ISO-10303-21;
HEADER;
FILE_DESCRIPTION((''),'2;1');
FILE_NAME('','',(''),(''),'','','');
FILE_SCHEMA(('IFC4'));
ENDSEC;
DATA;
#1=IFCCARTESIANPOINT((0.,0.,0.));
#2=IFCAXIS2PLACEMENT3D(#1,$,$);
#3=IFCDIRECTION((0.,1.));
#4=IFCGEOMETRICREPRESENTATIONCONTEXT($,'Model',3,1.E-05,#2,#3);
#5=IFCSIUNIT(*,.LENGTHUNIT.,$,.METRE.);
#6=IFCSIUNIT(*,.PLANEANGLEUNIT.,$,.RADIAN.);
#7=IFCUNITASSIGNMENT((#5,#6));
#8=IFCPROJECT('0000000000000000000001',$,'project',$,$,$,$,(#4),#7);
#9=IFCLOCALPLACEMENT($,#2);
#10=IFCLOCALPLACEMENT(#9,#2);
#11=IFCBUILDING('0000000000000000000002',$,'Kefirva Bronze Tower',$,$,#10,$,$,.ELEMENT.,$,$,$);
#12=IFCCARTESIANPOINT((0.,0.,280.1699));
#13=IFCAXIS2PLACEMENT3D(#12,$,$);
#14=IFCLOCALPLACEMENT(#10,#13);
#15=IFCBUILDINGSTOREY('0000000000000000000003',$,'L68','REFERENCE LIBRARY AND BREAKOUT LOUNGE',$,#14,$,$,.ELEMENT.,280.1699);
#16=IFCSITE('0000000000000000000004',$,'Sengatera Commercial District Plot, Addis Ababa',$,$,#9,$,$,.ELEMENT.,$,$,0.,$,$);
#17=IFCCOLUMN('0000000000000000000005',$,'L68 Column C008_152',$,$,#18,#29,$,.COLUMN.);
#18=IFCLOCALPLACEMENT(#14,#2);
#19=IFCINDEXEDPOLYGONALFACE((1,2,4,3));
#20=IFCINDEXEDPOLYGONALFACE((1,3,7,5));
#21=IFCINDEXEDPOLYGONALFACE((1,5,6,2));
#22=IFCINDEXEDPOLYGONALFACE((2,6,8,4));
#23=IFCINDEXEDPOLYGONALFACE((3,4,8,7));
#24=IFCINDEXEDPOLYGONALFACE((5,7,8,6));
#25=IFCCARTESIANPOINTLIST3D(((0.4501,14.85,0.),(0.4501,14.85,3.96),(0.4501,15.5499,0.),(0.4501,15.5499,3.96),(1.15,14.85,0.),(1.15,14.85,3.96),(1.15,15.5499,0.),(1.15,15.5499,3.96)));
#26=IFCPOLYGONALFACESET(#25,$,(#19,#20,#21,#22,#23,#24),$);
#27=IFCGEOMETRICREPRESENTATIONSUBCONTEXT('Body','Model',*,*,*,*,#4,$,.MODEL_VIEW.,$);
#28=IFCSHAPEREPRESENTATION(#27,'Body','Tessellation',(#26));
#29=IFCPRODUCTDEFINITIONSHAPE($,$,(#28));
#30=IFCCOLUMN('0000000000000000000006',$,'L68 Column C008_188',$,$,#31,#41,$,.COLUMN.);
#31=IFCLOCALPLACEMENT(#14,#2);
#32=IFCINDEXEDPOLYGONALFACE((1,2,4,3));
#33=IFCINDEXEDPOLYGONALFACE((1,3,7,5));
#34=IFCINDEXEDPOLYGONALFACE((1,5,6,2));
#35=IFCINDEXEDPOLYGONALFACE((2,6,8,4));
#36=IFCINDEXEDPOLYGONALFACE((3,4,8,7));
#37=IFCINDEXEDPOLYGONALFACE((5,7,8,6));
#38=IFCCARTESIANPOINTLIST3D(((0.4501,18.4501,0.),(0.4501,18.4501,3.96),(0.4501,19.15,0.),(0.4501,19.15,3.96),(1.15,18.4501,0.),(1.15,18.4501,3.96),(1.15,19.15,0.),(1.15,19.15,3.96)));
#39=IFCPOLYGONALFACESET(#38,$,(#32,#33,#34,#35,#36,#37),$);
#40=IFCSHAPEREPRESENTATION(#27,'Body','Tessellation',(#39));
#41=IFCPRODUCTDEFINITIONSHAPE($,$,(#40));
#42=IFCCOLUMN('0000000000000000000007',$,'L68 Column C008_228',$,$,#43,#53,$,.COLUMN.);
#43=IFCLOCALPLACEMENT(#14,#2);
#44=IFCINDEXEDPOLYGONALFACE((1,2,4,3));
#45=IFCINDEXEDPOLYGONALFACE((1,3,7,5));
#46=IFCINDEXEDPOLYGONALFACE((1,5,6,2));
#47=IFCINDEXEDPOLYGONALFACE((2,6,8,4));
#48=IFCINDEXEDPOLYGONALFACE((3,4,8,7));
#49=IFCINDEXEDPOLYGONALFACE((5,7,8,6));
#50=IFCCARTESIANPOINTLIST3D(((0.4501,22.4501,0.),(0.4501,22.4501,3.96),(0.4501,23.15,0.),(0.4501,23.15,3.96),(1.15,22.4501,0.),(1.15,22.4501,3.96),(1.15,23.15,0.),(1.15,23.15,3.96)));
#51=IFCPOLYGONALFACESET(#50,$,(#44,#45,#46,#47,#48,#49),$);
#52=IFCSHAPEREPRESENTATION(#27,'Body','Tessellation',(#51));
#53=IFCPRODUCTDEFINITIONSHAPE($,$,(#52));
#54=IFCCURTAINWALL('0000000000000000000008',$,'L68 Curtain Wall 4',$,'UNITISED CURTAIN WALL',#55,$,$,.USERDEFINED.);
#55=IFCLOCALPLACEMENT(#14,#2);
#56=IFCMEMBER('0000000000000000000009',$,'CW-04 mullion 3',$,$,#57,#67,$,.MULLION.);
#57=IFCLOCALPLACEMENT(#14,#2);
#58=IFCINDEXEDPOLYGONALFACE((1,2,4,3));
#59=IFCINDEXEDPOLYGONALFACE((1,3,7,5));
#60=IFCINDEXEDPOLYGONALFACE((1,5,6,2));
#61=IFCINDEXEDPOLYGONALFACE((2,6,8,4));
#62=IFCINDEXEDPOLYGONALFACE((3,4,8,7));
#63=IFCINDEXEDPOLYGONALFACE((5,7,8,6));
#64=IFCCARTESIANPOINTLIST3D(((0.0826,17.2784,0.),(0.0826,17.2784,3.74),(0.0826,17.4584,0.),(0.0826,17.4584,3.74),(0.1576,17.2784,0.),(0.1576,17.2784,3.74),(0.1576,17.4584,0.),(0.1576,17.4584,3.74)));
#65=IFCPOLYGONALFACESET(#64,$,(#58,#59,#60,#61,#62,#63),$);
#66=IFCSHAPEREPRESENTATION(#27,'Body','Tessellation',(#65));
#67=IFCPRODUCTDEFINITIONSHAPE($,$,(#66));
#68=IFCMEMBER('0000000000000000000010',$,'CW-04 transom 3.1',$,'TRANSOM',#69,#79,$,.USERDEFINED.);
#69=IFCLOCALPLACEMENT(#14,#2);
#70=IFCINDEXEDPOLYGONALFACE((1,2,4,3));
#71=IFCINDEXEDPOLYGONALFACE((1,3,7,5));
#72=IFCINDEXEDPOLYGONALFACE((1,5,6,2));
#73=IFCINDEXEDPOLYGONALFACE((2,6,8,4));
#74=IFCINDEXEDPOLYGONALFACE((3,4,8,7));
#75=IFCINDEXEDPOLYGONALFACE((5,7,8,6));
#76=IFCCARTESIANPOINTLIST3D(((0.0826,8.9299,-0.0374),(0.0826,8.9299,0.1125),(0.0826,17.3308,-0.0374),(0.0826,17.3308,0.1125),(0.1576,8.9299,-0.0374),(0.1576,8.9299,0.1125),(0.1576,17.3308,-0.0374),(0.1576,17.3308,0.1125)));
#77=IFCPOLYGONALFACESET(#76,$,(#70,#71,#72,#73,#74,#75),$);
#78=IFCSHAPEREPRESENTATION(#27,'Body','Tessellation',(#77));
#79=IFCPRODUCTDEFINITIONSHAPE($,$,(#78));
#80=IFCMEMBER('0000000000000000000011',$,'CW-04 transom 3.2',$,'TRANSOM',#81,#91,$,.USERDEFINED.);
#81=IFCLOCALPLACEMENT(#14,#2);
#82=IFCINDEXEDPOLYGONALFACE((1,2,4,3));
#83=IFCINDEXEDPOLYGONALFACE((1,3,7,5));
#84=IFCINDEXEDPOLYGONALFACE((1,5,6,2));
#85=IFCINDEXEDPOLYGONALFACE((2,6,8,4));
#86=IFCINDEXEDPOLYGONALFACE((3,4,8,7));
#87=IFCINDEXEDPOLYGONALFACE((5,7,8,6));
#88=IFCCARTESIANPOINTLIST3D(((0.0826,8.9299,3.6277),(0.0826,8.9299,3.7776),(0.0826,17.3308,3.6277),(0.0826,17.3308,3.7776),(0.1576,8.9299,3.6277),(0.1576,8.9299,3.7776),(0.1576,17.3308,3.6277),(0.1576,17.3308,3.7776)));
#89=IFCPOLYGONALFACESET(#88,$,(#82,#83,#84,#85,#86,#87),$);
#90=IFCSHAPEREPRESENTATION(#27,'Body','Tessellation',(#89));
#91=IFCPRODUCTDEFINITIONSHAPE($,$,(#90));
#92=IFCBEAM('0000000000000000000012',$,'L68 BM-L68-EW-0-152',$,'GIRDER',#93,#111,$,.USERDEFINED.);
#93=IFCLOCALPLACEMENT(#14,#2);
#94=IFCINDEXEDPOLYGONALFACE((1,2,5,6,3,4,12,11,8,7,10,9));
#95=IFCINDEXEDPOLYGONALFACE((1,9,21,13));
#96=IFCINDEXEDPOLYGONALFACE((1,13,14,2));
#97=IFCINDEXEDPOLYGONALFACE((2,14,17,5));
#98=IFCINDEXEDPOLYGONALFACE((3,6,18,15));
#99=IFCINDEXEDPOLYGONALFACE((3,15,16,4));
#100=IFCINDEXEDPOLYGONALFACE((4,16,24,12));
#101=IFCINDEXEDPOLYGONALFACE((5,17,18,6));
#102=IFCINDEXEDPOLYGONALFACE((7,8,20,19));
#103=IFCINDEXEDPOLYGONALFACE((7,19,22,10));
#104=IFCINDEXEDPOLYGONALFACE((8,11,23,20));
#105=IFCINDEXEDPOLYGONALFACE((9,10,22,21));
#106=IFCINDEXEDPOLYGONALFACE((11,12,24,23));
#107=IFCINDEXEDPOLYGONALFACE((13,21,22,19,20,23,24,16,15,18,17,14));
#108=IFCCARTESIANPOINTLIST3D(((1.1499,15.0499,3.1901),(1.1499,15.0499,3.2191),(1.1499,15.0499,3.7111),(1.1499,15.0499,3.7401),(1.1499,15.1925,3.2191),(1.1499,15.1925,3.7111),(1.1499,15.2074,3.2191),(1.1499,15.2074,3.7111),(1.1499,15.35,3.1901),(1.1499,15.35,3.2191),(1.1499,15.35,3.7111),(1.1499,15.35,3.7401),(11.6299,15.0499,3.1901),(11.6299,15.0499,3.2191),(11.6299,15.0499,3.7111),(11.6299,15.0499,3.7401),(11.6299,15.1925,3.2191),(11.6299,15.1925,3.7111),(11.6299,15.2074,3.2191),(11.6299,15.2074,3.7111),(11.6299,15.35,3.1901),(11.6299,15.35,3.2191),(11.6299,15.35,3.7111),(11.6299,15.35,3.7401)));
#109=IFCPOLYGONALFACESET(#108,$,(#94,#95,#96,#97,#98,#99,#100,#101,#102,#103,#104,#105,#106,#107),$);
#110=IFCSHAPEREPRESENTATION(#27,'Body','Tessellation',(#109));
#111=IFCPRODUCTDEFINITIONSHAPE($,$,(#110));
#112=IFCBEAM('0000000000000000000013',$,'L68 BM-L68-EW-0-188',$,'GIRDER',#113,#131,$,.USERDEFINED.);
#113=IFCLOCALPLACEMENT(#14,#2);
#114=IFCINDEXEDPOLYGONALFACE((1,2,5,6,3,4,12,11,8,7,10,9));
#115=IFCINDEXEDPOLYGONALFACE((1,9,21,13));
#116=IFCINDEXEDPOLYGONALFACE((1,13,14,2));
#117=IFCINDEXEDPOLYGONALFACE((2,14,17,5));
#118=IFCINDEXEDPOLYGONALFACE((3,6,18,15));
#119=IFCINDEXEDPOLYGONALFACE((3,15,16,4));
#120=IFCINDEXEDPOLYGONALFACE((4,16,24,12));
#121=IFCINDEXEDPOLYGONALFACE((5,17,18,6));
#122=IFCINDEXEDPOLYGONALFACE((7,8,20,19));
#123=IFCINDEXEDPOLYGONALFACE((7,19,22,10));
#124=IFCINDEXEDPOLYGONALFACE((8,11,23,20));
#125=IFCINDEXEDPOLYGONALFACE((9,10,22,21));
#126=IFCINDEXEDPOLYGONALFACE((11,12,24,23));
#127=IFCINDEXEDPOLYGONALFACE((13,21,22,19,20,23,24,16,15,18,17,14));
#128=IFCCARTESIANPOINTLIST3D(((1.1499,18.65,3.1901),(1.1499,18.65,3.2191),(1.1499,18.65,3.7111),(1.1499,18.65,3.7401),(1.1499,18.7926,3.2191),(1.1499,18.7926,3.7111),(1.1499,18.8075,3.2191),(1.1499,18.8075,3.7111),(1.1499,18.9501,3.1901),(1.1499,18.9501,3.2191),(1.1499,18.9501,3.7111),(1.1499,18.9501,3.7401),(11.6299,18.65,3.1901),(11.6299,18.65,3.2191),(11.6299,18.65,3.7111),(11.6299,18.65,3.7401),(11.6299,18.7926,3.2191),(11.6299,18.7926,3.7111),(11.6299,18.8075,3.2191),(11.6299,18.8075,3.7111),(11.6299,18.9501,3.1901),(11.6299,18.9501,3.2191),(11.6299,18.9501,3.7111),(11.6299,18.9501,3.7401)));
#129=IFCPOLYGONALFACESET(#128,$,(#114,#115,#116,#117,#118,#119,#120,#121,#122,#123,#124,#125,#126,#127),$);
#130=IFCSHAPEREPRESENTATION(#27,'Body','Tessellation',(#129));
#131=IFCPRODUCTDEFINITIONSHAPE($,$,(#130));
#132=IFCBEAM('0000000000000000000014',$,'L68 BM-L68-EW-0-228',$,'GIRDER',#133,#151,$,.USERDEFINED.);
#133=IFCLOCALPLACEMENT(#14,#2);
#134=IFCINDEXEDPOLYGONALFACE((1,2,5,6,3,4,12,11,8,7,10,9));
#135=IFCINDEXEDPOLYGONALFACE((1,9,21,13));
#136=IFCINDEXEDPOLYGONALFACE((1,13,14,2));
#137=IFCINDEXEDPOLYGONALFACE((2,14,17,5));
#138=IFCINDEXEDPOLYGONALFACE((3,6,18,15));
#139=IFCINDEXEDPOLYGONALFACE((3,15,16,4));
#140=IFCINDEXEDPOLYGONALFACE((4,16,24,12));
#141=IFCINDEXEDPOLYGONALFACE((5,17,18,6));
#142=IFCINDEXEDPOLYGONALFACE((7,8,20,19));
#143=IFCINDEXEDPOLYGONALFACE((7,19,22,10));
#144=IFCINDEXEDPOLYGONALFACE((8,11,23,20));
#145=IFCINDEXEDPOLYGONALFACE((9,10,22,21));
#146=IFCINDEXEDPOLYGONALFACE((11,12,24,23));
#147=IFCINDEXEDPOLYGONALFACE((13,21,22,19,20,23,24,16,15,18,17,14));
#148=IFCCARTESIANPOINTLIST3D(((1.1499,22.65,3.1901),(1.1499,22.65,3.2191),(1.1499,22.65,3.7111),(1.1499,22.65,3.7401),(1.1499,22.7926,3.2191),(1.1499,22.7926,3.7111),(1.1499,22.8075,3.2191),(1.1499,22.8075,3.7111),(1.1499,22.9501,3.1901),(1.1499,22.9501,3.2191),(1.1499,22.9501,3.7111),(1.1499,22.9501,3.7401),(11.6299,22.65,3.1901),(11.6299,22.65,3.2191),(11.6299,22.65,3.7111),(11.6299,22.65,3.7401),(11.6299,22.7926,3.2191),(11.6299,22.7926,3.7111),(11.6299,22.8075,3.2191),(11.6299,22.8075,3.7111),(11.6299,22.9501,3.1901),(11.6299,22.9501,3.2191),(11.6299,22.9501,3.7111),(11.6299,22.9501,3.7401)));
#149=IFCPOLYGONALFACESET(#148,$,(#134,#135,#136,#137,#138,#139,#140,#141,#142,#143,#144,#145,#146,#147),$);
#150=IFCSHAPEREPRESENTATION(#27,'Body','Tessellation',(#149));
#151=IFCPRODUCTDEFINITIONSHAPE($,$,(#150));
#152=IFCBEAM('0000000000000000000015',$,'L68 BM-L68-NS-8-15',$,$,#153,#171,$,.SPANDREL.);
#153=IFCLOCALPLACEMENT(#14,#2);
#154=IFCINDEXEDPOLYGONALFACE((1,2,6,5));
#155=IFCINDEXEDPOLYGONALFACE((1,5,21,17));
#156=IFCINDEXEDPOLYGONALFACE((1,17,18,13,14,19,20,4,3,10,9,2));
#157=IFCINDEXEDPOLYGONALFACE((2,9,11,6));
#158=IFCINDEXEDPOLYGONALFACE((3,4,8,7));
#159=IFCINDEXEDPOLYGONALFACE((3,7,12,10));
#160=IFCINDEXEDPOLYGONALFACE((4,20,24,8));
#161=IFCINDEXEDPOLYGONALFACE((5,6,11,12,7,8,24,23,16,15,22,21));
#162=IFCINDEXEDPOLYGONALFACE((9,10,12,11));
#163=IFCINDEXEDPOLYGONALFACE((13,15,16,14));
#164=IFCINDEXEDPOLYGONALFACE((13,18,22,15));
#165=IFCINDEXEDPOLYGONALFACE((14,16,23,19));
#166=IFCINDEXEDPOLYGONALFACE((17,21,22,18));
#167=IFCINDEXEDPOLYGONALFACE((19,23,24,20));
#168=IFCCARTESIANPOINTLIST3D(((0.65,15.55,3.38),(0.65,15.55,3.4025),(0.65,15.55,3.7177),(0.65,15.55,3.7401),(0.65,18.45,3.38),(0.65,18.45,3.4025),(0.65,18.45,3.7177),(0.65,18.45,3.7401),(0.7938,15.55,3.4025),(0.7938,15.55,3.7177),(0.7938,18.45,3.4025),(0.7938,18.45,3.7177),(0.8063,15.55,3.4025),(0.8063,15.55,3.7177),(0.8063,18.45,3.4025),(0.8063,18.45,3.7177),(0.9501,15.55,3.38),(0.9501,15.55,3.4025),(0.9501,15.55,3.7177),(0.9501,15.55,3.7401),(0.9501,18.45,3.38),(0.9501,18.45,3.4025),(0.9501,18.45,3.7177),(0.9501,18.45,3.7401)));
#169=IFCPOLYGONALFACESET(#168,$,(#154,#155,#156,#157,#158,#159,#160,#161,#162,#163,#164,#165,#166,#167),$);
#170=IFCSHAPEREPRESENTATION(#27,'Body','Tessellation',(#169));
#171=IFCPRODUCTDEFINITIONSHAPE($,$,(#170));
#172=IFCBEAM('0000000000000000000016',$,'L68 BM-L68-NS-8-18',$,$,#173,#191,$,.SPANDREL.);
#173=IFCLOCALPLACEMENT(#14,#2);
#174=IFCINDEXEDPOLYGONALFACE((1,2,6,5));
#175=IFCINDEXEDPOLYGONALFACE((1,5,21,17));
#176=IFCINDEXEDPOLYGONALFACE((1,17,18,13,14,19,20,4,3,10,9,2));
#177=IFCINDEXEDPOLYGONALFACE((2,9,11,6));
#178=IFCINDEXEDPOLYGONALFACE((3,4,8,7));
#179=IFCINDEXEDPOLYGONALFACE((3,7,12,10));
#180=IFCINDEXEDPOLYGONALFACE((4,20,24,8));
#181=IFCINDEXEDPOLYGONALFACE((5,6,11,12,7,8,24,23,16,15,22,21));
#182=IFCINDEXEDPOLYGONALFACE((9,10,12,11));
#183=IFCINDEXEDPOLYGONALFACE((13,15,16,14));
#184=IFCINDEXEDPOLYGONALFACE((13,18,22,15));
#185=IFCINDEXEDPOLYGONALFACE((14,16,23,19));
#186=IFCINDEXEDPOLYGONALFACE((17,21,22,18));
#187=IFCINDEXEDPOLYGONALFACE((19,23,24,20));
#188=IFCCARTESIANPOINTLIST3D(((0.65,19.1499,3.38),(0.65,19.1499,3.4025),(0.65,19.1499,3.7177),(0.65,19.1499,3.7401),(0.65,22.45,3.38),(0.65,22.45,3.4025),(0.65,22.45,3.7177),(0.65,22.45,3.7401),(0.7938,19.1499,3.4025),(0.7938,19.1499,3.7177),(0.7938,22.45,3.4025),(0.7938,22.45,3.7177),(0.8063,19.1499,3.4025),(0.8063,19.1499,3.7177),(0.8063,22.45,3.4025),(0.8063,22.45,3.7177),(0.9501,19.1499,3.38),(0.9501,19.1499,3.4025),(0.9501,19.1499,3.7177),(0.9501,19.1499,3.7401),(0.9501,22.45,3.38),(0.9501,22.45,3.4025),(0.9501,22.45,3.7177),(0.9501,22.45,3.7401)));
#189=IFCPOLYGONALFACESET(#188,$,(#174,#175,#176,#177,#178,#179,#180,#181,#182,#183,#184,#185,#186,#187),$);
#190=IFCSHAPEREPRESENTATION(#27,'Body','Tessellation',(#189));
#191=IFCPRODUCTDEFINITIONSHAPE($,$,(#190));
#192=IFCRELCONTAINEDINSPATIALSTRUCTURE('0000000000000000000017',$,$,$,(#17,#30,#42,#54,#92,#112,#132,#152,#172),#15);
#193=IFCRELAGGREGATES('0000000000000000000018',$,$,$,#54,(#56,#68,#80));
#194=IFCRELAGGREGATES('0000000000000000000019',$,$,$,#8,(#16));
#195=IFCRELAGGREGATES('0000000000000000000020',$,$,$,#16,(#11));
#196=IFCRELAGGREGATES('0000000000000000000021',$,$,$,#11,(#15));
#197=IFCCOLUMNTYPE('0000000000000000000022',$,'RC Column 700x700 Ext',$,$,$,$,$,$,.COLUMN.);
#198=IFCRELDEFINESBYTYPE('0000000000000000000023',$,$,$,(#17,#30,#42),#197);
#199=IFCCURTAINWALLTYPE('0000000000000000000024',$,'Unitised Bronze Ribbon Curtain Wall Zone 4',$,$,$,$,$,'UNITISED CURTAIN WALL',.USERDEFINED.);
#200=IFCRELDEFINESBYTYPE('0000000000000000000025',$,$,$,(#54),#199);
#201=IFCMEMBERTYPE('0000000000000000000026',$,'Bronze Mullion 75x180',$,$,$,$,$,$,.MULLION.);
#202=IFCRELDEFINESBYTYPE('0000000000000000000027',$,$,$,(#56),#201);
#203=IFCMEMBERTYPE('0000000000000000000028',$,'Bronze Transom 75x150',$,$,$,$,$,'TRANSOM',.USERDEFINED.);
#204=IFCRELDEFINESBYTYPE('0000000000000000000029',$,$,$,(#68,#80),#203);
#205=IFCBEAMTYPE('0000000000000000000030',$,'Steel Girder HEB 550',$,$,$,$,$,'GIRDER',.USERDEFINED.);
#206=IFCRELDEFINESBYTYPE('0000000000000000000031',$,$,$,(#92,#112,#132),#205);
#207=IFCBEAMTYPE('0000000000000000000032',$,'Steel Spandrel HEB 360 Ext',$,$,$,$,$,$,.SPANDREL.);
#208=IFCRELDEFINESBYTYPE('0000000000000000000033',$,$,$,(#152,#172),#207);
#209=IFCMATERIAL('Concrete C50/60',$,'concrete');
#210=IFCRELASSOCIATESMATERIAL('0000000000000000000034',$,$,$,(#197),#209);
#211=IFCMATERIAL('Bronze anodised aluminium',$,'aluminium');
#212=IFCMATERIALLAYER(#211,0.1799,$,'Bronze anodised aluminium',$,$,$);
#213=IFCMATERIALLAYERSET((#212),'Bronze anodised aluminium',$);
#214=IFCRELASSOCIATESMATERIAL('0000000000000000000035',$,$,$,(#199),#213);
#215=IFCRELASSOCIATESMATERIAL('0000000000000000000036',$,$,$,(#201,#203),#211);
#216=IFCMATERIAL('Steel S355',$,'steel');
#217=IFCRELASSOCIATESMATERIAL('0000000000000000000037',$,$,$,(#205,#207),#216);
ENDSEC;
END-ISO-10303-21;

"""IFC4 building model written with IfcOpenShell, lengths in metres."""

from ifc_helpers import new_model, si_unit, direction, frame, origin, origin_2d, place, context, subcontext, project, spatial, rectangle, i_section, extrude, material, layer, layer_set, material_profile, profile_set, type_object, element, aggregate, save


model = new_model("IFC4")

# Units and contexts
model_context = context("Model", 3, precision=1e-05, world=origin(), true_north=direction((0.0, 1.0)))
body_context = subcontext(model_context, "Body", "Model", "MODEL_VIEW")
ifc_project = project(units=[si_unit("LENGTHUNIT", "METRE"), si_unit("PLANEANGLEUNIT", "RADIAN")], contexts=[model_context])

# Site, building, storey
site_placement = place(None, origin())
site = spatial("IfcSite", under=ifc_project, at=site_placement, Name="Sengatera Commercial District Plot, Addis Ababa", CompositionType="ELEMENT", RefElevation=0.0)
building_placement = place(site_placement, origin())
building = spatial("IfcBuilding", under=site, at=building_placement, Name="Kefirva Bronze Tower", CompositionType="ELEMENT")
storey_placement = place(building_placement, frame((0.0, 0.0, 280.1699)))
storey = spatial("IfcBuildingStorey", under=building, at=storey_placement, Name="L68", Description="REFERENCE LIBRARY AND BREAKOUT LOUNGE", CompositionType="ELEMENT", Elevation=280.1699)

# Columns
ifc_material_1 = material(Name="Concrete C50/60", Category="concrete")
ifc_material_profile_1 = material_profile(ifc_material_1, rectangle(XDim=0.7, YDim=0.7, at=origin_2d()), Name="RC 700x700")
ifc_profile_set_1 = profile_set([ifc_material_profile_1], Name="Concrete C50/60")
column_type = type_object("IfcColumnType", Name="RC Column 700x700 Ext", PredefinedType="COLUMN", material=ifc_profile_set_1)
for number, where, z_axis, x_axis, name in (
    (1, (0.8, 15.2, 0.0), (0.0, 0.0, 1.0), (1.0, 0.0, 0.0), "L68 Column C008_152"),
    (2, (0.8, 18.8, 0.0), (0.0, 0.0, 1.0), (1.0, 0.0, 0.0), "L68 Column C008_188"),
    (3, (0.8, 22.8, 0.0), (0.0, 0.0, 1.0), (1.0, 0.0, 0.0), "L68 Column C008_228"),
):
    element("IfcColumn", number, at=place(storey_placement, frame(where, z_axis=z_axis, x_axis=x_axis)), inside=storey, type_object=column_type, Name=name, PredefinedType="COLUMN", context=body_context, shape_type="SweptSolid", body=[
        extrude(rectangle(XDim=0.7, YDim=0.7, at=origin_2d()), origin(), (0.0, 0.0, 1.0), 3.96),
    ])

# Curtain wall, members
ifc_material_2 = material(Name="Bronze anodised aluminium", Category="aluminium")
ifc_layer_1 = layer(ifc_material_2, 0.1799, Name="Bronze anodised aluminium")
ifc_layer_set_1 = layer_set([ifc_layer_1], Name="Bronze anodised aluminium")
curtain_wall_type = type_object("IfcCurtainWallType", Name="Unitised Bronze Ribbon Curtain Wall Zone 4", ElementType="UNITISED CURTAIN WALL", PredefinedType="USERDEFINED", material=ifc_layer_set_1)
curtain_wall_placement = place(storey_placement, origin())
curtain_wall = element("IfcCurtainWall", 4, at=curtain_wall_placement, inside=storey, type_object=curtain_wall_type, Name="L68 Curtain Wall 4", ObjectType="UNITISED CURTAIN WALL", PredefinedType="USERDEFINED")
ifc_material_profile_2 = material_profile(ifc_material_2, rectangle(XDim=0.075, YDim=0.1799, at=origin_2d()), Name="ALU 75x180")
ifc_profile_set_2 = profile_set([ifc_material_profile_2], Name="Bronze anodised aluminium")
member_type_1 = type_object("IfcMemberType", Name="Bronze Mullion 75x180", PredefinedType="MULLION", material=ifc_profile_set_2)
member_1_placement = place(storey_placement, frame((0.1201, 17.3684, 0.0), z_axis=(0.0, 0.0, 1.0), x_axis=(1.0, 0.0, 0.0)))
member_1 = element("IfcMember", 5, at=member_1_placement, type_object=member_type_1, Name="CW-04 mullion 3", PredefinedType="MULLION", context=body_context, shape_type="SweptSolid", body=[
    extrude(rectangle(XDim=0.075, YDim=0.1799, at=origin_2d()), origin(), (0.0, 0.0, 1.0), 3.74),
])
ifc_material_profile_3 = material_profile(ifc_material_2, rectangle(XDim=0.075, YDim=0.1499, at=origin_2d()), Name="ALU 75x150")
ifc_profile_set_3 = profile_set([ifc_material_profile_3], Name="Bronze anodised aluminium")
member_type_2 = type_object("IfcMemberType", Name="Bronze Transom 75x150", ElementType="TRANSOM", PredefinedType="USERDEFINED", material=ifc_profile_set_3)
member_2_placement = place(storey_placement, frame((0.1201, 17.3308, 0.0376), z_axis=(0.0, -1.0, 0.0), x_axis=(1.0, 0.0, 0.0)))
member_2 = element("IfcMember", 6, at=member_2_placement, type_object=member_type_2, Name="CW-04 transom 3.1", ObjectType="TRANSOM", PredefinedType="USERDEFINED", context=body_context, shape_type="SweptSolid", body=[
    extrude(rectangle(XDim=0.075, YDim=0.1499, at=origin_2d()), origin(), (0.0, 0.0, 1.0), 8.4009),
])
member_3_placement = place(storey_placement, frame((0.1201, 17.3308, 3.7026), z_axis=(0.0, -1.0, 0.0), x_axis=(1.0, 0.0, 0.0)))
member_3 = element("IfcMember", 7, at=member_3_placement, type_object=member_type_2, Name="CW-04 transom 3.2", ObjectType="TRANSOM", PredefinedType="USERDEFINED", context=body_context, shape_type="SweptSolid", body=[
    extrude(rectangle(XDim=0.075, YDim=0.1499, at=origin_2d()), origin(), (0.0, 0.0, 1.0), 8.4009),
])

# Beams
ifc_material_3 = material(Name="Steel S355", Category="steel")
ifc_material_profile_4 = material_profile(ifc_material_3, i_section(OverallWidth=0.3, OverallDepth=0.55, WebThickness=0.0149, FlangeThickness=0.0291, at=origin_2d()), Name="HEB 550")
ifc_profile_set_4 = profile_set([ifc_material_profile_4], Name="Steel S355")
beam_type_1 = type_object("IfcBeamType", Name="Steel Girder HEB 550", ElementType="GIRDER", PredefinedType="USERDEFINED", material=ifc_profile_set_4)
for number, where, z_axis, x_axis, name in (
    (8, (1.1499, 15.2, 3.4651), (1.0, 0.0, 0.0), (0.0, 1.0, 0.0), "L68 BM-L68-EW-0-152"),
    (9, (1.1499, 18.8, 3.4651), (1.0, 0.0, 0.0), (0.0, 1.0, 0.0), "L68 BM-L68-EW-0-188"),
    (10, (1.1499, 22.8, 3.4651), (1.0, 0.0, 0.0), (0.0, 1.0, 0.0), "L68 BM-L68-EW-0-228"),
):
    element("IfcBeam", number, at=place(storey_placement, frame(where, z_axis=z_axis, x_axis=x_axis)), inside=storey, type_object=beam_type_1, Name=name, ObjectType="GIRDER", PredefinedType="USERDEFINED", context=body_context, shape_type="SweptSolid", body=[
        extrude(i_section(OverallWidth=0.3, OverallDepth=0.55, WebThickness=0.0149, FlangeThickness=0.0291, at=origin_2d()), origin(), (0.0, 0.0, 1.0), 10.48),
    ])
ifc_material_profile_5 = material_profile(ifc_material_3, i_section(OverallWidth=0.3, OverallDepth=0.3601, WebThickness=0.0125, FlangeThickness=0.0225, at=origin_2d()), Name="HEB 360")
ifc_profile_set_5 = profile_set([ifc_material_profile_5], Name="Steel S355")
beam_type_2 = type_object("IfcBeamType", Name="Steel Spandrel HEB 360 Ext", PredefinedType="SPANDREL", material=ifc_profile_set_5)
beam_1_placement = place(storey_placement, frame((0.8, 15.55, 3.5601), z_axis=(0.0, 1.0, 0.0), x_axis=(-1.0, 0.0, 0.0)))
element("IfcBeam", 11, at=beam_1_placement, inside=storey, type_object=beam_type_2, Name="L68 BM-L68-NS-8-15", PredefinedType="SPANDREL", context=body_context, shape_type="SweptSolid", body=[
    extrude(i_section(OverallWidth=0.3, OverallDepth=0.3601, WebThickness=0.0125, FlangeThickness=0.0225, at=origin_2d()), origin(), (0.0, 0.0, 1.0), 2.8999),
])
beam_2_placement = place(storey_placement, frame((0.8, 19.1499, 3.5601), z_axis=(0.0, 1.0, 0.0), x_axis=(-1.0, 0.0, 0.0)))
element("IfcBeam", 12, at=beam_2_placement, inside=storey, type_object=beam_type_2, Name="L68 BM-L68-NS-8-18", PredefinedType="SPANDREL", context=body_context, shape_type="SweptSolid", body=[
    extrude(i_section(OverallWidth=0.3, OverallDepth=0.3601, WebThickness=0.0125, FlangeThickness=0.0225, at=origin_2d()), origin(), (0.0, 0.0, 1.0), 3.3),
])

aggregate(curtain_wall, [member_1, member_2, member_3])

save(model, "model.ifc")
